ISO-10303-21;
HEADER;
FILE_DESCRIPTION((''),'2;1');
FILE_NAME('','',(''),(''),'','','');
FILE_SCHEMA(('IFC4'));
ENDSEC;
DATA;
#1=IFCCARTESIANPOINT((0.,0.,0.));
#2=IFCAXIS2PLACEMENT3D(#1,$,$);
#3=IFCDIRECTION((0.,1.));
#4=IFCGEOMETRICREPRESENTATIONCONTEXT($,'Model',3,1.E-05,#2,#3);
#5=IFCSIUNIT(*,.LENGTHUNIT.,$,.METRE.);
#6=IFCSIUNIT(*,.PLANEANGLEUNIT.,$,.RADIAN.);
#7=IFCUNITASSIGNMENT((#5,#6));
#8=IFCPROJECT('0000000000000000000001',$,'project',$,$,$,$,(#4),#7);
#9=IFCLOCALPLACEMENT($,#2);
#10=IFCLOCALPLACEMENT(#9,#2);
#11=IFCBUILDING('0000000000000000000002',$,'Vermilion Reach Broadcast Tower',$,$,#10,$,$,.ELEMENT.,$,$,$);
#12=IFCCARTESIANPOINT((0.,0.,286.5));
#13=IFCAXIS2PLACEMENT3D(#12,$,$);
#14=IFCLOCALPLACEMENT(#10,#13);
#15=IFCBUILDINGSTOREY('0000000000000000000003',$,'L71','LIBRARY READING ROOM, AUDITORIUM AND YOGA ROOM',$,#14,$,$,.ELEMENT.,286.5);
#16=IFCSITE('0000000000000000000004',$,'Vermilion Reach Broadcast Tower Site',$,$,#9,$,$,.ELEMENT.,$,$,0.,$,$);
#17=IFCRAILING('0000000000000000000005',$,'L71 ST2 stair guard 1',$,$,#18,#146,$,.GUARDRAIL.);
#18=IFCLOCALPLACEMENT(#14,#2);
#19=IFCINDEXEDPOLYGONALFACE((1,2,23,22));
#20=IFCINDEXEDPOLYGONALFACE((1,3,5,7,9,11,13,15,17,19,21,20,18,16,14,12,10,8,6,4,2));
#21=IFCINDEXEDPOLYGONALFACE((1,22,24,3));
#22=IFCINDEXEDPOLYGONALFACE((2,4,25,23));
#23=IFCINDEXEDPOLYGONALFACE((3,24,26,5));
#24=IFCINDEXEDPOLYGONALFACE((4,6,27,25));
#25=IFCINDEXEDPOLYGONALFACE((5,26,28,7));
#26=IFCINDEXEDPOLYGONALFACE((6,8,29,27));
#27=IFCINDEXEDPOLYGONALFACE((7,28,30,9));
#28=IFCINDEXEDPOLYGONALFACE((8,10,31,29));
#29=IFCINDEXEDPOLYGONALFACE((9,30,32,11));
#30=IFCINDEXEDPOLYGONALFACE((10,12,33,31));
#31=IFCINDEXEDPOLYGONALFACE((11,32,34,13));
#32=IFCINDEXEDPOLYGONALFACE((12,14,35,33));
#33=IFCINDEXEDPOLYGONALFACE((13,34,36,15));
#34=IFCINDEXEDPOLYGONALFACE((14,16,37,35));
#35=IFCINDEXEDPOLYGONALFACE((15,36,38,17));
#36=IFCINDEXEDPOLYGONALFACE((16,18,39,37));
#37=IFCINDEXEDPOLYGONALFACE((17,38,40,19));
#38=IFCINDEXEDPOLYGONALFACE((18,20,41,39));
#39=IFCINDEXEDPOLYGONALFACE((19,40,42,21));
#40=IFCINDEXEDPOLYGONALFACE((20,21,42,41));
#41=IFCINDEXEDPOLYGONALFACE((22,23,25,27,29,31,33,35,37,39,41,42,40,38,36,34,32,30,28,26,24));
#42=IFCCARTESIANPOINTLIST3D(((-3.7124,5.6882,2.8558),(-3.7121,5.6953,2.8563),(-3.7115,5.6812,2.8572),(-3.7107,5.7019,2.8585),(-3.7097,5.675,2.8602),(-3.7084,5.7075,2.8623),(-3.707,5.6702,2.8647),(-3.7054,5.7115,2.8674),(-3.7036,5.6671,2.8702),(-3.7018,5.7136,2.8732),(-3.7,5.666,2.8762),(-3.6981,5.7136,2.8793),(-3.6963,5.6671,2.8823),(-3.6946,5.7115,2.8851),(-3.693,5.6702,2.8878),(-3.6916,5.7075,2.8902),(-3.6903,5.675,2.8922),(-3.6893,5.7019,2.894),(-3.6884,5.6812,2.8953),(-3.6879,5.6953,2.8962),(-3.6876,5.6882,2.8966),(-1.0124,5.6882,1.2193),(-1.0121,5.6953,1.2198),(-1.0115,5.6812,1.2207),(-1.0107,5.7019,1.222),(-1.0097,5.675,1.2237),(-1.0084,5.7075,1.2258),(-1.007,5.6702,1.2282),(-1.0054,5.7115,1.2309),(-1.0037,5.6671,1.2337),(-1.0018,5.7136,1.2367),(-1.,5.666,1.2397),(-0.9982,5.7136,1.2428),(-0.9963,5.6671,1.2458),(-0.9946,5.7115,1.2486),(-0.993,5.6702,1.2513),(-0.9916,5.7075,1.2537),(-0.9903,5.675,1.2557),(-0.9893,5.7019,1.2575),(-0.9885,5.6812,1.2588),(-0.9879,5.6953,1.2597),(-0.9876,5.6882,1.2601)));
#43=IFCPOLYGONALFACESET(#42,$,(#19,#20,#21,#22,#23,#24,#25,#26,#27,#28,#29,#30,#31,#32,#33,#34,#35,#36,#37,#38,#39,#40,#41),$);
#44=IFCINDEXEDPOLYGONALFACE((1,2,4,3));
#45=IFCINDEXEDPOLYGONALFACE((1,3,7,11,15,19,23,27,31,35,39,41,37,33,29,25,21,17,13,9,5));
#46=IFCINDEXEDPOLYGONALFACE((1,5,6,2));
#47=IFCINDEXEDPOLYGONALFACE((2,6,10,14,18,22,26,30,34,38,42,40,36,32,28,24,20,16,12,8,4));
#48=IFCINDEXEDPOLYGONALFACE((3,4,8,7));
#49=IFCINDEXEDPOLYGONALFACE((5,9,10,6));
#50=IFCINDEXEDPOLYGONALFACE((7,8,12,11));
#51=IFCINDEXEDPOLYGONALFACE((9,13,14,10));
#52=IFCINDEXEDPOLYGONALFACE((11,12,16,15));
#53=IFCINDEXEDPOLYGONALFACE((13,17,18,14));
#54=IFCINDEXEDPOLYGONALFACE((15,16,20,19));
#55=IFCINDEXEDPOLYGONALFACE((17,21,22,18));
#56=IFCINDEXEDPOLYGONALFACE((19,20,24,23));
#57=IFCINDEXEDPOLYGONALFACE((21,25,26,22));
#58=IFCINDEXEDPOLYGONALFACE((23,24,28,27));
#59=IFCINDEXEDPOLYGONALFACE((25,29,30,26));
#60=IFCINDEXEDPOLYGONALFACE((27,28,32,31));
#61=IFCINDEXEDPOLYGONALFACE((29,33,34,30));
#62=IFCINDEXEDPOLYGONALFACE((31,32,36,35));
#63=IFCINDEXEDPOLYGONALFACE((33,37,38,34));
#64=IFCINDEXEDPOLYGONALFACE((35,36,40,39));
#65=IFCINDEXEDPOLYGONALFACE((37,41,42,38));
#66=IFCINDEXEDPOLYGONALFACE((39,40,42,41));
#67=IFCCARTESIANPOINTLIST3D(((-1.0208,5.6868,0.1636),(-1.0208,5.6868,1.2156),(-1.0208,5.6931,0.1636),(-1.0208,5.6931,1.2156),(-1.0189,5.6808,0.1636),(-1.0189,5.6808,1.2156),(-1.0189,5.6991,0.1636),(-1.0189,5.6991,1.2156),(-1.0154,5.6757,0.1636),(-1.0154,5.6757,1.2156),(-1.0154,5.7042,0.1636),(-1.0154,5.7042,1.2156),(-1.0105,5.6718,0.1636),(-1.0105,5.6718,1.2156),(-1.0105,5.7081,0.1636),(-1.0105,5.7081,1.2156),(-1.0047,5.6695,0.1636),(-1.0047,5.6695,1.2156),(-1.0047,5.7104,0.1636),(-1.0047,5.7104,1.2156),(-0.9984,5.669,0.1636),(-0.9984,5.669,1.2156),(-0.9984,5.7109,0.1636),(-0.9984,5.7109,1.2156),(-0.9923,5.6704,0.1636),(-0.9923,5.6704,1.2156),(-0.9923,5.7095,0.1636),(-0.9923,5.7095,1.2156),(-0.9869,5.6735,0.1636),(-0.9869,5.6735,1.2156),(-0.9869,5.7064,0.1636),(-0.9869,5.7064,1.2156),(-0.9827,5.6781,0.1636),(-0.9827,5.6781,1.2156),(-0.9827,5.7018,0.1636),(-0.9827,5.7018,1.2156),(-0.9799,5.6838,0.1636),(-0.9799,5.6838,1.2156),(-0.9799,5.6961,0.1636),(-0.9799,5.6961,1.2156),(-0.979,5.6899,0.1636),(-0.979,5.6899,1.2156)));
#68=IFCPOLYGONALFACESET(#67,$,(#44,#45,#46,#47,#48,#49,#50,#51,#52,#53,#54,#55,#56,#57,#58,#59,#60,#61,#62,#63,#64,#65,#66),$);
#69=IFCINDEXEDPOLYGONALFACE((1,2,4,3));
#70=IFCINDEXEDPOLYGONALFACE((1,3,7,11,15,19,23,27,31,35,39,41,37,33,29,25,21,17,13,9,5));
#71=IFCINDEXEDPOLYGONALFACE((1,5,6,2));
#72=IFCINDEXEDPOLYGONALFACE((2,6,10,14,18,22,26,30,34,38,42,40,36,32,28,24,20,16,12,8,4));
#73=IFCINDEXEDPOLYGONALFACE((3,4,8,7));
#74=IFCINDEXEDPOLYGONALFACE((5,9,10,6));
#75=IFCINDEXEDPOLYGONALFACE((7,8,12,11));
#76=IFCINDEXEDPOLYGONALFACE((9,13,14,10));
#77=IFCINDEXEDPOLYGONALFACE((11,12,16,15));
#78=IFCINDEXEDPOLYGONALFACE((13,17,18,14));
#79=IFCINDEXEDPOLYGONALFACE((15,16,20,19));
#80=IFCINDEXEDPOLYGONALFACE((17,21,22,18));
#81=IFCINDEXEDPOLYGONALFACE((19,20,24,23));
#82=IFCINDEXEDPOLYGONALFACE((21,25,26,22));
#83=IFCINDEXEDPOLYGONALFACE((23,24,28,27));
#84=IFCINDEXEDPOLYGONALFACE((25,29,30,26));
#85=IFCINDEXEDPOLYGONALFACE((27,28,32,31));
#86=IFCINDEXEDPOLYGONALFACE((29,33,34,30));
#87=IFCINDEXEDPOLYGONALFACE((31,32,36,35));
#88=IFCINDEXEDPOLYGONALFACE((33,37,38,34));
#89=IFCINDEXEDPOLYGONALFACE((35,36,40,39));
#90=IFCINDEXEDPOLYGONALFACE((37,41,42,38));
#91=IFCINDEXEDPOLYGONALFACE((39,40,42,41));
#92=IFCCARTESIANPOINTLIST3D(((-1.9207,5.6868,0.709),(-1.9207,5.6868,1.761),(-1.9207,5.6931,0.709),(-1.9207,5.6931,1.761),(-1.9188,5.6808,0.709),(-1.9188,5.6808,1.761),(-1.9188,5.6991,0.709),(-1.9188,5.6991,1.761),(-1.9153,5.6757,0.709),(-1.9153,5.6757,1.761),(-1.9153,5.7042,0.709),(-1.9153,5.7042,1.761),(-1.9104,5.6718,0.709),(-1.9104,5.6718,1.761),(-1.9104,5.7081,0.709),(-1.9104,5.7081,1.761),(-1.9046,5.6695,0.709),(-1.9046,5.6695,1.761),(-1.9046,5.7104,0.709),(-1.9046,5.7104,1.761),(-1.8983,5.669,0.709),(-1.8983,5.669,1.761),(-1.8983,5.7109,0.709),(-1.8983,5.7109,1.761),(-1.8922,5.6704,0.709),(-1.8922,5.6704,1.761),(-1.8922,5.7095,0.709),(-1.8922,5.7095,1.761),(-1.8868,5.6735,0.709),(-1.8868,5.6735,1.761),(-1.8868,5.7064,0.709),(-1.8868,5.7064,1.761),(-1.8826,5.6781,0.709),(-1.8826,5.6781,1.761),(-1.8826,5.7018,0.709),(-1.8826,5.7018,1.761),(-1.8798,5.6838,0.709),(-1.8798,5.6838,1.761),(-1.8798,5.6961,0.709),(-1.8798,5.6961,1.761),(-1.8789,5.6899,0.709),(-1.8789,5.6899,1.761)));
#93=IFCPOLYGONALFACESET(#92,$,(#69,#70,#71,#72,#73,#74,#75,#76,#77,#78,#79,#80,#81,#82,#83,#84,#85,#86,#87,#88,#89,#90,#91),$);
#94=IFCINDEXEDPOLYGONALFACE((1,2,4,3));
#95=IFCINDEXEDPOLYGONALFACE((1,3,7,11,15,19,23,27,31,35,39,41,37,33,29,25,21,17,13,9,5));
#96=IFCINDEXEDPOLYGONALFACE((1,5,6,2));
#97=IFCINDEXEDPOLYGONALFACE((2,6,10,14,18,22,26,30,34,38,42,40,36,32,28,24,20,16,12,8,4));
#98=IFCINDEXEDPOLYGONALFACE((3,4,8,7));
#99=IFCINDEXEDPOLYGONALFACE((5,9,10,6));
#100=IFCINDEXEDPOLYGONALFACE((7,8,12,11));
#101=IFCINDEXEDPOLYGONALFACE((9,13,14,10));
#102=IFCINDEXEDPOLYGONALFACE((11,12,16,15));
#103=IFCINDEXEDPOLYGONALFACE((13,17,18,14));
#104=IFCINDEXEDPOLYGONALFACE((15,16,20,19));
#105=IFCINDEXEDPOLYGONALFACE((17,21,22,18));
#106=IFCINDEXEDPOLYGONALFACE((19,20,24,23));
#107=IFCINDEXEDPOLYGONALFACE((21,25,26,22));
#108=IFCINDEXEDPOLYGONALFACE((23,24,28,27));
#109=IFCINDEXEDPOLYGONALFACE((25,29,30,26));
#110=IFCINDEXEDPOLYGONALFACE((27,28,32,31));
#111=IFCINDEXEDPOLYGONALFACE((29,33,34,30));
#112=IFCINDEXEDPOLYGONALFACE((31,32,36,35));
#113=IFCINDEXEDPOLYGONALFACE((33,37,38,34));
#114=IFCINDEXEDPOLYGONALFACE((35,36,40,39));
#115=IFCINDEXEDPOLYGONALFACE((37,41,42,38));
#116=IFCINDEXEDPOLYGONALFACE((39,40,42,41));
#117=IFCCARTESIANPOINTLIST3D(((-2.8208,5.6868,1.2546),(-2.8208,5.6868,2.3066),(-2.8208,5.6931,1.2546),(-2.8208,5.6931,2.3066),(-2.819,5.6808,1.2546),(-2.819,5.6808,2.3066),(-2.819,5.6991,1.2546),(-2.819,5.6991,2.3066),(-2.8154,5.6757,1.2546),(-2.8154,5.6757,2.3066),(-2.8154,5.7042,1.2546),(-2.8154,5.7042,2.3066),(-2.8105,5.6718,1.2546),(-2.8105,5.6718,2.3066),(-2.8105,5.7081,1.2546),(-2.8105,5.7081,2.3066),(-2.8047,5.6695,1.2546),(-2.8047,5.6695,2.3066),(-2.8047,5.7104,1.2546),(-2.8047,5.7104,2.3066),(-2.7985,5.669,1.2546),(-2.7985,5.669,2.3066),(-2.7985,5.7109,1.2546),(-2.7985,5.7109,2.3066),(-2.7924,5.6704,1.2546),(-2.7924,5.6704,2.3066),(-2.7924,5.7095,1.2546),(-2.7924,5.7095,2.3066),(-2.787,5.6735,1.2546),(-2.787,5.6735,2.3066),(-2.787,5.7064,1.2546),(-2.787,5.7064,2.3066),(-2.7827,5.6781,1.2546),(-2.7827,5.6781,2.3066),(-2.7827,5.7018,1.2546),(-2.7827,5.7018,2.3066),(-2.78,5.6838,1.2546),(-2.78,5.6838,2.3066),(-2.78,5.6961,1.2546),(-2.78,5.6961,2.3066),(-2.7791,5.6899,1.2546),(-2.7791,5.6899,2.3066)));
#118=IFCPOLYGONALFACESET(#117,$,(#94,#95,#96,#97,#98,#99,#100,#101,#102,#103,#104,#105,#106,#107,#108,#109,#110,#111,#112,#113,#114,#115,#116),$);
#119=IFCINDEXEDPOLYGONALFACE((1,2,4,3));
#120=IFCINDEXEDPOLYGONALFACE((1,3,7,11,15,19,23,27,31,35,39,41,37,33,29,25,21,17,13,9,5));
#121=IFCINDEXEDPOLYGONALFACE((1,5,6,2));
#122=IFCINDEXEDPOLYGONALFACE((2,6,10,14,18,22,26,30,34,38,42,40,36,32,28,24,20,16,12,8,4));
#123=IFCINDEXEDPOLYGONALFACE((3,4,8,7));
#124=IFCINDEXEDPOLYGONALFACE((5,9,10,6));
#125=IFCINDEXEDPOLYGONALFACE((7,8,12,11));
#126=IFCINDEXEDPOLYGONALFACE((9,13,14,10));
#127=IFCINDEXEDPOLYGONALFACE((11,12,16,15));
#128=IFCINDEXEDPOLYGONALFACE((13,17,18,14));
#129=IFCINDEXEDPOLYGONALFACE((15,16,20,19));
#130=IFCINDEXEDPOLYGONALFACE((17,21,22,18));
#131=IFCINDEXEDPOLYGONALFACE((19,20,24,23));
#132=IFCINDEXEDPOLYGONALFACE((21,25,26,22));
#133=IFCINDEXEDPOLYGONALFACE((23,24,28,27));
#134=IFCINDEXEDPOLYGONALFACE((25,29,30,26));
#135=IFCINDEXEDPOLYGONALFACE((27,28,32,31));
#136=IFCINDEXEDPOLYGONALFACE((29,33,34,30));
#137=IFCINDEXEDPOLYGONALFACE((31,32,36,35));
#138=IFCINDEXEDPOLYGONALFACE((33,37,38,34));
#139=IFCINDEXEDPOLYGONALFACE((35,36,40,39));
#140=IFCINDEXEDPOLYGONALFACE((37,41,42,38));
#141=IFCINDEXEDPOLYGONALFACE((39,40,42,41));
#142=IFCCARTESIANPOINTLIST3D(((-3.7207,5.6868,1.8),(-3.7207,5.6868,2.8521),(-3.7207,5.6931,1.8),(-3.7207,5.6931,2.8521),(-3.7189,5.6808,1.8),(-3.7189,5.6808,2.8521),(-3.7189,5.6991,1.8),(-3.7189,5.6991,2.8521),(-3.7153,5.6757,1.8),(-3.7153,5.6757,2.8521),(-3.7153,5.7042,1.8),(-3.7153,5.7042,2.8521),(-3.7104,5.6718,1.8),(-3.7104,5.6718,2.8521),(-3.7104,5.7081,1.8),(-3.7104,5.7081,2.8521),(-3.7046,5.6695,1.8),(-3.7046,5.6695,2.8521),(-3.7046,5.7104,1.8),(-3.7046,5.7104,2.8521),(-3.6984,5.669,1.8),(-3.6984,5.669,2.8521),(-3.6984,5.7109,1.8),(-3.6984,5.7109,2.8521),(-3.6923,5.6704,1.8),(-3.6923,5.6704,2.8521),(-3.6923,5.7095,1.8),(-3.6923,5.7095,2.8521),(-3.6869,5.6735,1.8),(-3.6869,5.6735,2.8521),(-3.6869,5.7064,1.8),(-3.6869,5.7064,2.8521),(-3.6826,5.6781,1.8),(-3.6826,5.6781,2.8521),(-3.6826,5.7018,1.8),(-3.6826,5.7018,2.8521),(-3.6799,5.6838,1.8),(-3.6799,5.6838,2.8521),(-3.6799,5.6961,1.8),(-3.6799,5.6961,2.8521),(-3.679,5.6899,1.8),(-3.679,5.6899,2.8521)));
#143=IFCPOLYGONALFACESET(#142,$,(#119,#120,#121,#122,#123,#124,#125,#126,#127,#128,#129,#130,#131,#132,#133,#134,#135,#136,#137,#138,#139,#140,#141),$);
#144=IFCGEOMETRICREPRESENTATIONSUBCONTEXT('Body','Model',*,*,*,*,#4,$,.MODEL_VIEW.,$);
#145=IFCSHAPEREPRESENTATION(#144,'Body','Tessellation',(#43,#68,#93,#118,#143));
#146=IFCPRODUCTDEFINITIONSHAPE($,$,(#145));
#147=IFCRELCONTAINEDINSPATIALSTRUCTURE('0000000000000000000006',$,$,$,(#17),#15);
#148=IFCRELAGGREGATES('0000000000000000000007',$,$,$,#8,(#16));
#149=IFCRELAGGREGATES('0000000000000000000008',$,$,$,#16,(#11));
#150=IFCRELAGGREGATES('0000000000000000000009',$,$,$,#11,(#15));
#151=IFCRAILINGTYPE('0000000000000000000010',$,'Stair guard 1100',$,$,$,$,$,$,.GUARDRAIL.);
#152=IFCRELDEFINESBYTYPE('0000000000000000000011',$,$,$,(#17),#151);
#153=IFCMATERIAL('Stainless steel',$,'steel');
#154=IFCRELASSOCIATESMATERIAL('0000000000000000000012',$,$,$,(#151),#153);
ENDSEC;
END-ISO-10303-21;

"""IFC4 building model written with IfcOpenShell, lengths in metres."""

from ifc_helpers import new_model, si_unit, direction, frame, origin, origin_2d, place, context, subcontext, project, spatial, circle, extrude, material, type_object, element, save


model = new_model("IFC4")

# Units and contexts
model_context = context("Model", 3, precision=1e-05, world=origin(), true_north=direction((0.0, 1.0)))
body_context = subcontext(model_context, "Body", "Model", "MODEL_VIEW")
ifc_project = project(units=[si_unit("LENGTHUNIT", "METRE"), si_unit("PLANEANGLEUNIT", "RADIAN")], contexts=[model_context])

# Site, building, storey
site_placement = place(None, origin())
site = spatial("IfcSite", under=ifc_project, at=site_placement, Name="Vermilion Reach Broadcast Tower Site", CompositionType="ELEMENT", RefElevation=0.0)
building_placement = place(site_placement, origin())
building = spatial("IfcBuilding", under=site, at=building_placement, Name="Vermilion Reach Broadcast Tower", CompositionType="ELEMENT")
storey_placement = place(building_placement, frame((0.0, 0.0, 286.5)))
storey = spatial("IfcBuildingStorey", under=building, at=storey_placement, Name="L71", Description="LIBRARY READING ROOM, AUDITORIUM AND YOGA ROOM", CompositionType="ELEMENT", Elevation=286.5)

# Railing
ifc_material_1 = material(Name="Stainless steel", Category="steel")
railing_type_1 = type_object("IfcRailingType", Name="Stair guard 1100", PredefinedType="GUARDRAIL", material=ifc_material_1)
railing_1_placement = place(storey_placement, frame((-1.0, 5.6899, 0.1636)))
element("IfcRailing", 1, at=railing_1_placement, inside=storey, type_object=railing_type_1, Name="L71 ST2 stair guard 1", PredefinedType="GUARDRAIL", context=body_context, shape_type="SweptSolid", body=[
    extrude(circle(Radius=0.0239, at=origin_2d()), frame((0.0, 0.0, 1.0762), z_axis=(-0.855178, 0.0, 0.518334), x_axis=(0.0, -1.0, 0.0)), (0.0, 0.0, 1.0), 3.1572),
    extrude(circle(Radius=0.021, at=origin_2d()), origin(), (0.0, 0.0, 1.0), 1.052),
    extrude(circle(Radius=0.021, at=origin_2d()), frame((-0.8999, 0.0, 0.5454)), (0.0, 0.0, 1.0), 1.052),
    extrude(circle(Radius=0.021, at=origin_2d()), frame((-1.8, 0.0, 1.0911)), (0.0, 0.0, 1.0), 1.052),
    extrude(circle(Radius=0.021, at=origin_2d()), frame((-2.7, 0.0, 1.6365)), (0.0, 0.0, 1.0), 1.052),
])

save(model, "model.ifc")
